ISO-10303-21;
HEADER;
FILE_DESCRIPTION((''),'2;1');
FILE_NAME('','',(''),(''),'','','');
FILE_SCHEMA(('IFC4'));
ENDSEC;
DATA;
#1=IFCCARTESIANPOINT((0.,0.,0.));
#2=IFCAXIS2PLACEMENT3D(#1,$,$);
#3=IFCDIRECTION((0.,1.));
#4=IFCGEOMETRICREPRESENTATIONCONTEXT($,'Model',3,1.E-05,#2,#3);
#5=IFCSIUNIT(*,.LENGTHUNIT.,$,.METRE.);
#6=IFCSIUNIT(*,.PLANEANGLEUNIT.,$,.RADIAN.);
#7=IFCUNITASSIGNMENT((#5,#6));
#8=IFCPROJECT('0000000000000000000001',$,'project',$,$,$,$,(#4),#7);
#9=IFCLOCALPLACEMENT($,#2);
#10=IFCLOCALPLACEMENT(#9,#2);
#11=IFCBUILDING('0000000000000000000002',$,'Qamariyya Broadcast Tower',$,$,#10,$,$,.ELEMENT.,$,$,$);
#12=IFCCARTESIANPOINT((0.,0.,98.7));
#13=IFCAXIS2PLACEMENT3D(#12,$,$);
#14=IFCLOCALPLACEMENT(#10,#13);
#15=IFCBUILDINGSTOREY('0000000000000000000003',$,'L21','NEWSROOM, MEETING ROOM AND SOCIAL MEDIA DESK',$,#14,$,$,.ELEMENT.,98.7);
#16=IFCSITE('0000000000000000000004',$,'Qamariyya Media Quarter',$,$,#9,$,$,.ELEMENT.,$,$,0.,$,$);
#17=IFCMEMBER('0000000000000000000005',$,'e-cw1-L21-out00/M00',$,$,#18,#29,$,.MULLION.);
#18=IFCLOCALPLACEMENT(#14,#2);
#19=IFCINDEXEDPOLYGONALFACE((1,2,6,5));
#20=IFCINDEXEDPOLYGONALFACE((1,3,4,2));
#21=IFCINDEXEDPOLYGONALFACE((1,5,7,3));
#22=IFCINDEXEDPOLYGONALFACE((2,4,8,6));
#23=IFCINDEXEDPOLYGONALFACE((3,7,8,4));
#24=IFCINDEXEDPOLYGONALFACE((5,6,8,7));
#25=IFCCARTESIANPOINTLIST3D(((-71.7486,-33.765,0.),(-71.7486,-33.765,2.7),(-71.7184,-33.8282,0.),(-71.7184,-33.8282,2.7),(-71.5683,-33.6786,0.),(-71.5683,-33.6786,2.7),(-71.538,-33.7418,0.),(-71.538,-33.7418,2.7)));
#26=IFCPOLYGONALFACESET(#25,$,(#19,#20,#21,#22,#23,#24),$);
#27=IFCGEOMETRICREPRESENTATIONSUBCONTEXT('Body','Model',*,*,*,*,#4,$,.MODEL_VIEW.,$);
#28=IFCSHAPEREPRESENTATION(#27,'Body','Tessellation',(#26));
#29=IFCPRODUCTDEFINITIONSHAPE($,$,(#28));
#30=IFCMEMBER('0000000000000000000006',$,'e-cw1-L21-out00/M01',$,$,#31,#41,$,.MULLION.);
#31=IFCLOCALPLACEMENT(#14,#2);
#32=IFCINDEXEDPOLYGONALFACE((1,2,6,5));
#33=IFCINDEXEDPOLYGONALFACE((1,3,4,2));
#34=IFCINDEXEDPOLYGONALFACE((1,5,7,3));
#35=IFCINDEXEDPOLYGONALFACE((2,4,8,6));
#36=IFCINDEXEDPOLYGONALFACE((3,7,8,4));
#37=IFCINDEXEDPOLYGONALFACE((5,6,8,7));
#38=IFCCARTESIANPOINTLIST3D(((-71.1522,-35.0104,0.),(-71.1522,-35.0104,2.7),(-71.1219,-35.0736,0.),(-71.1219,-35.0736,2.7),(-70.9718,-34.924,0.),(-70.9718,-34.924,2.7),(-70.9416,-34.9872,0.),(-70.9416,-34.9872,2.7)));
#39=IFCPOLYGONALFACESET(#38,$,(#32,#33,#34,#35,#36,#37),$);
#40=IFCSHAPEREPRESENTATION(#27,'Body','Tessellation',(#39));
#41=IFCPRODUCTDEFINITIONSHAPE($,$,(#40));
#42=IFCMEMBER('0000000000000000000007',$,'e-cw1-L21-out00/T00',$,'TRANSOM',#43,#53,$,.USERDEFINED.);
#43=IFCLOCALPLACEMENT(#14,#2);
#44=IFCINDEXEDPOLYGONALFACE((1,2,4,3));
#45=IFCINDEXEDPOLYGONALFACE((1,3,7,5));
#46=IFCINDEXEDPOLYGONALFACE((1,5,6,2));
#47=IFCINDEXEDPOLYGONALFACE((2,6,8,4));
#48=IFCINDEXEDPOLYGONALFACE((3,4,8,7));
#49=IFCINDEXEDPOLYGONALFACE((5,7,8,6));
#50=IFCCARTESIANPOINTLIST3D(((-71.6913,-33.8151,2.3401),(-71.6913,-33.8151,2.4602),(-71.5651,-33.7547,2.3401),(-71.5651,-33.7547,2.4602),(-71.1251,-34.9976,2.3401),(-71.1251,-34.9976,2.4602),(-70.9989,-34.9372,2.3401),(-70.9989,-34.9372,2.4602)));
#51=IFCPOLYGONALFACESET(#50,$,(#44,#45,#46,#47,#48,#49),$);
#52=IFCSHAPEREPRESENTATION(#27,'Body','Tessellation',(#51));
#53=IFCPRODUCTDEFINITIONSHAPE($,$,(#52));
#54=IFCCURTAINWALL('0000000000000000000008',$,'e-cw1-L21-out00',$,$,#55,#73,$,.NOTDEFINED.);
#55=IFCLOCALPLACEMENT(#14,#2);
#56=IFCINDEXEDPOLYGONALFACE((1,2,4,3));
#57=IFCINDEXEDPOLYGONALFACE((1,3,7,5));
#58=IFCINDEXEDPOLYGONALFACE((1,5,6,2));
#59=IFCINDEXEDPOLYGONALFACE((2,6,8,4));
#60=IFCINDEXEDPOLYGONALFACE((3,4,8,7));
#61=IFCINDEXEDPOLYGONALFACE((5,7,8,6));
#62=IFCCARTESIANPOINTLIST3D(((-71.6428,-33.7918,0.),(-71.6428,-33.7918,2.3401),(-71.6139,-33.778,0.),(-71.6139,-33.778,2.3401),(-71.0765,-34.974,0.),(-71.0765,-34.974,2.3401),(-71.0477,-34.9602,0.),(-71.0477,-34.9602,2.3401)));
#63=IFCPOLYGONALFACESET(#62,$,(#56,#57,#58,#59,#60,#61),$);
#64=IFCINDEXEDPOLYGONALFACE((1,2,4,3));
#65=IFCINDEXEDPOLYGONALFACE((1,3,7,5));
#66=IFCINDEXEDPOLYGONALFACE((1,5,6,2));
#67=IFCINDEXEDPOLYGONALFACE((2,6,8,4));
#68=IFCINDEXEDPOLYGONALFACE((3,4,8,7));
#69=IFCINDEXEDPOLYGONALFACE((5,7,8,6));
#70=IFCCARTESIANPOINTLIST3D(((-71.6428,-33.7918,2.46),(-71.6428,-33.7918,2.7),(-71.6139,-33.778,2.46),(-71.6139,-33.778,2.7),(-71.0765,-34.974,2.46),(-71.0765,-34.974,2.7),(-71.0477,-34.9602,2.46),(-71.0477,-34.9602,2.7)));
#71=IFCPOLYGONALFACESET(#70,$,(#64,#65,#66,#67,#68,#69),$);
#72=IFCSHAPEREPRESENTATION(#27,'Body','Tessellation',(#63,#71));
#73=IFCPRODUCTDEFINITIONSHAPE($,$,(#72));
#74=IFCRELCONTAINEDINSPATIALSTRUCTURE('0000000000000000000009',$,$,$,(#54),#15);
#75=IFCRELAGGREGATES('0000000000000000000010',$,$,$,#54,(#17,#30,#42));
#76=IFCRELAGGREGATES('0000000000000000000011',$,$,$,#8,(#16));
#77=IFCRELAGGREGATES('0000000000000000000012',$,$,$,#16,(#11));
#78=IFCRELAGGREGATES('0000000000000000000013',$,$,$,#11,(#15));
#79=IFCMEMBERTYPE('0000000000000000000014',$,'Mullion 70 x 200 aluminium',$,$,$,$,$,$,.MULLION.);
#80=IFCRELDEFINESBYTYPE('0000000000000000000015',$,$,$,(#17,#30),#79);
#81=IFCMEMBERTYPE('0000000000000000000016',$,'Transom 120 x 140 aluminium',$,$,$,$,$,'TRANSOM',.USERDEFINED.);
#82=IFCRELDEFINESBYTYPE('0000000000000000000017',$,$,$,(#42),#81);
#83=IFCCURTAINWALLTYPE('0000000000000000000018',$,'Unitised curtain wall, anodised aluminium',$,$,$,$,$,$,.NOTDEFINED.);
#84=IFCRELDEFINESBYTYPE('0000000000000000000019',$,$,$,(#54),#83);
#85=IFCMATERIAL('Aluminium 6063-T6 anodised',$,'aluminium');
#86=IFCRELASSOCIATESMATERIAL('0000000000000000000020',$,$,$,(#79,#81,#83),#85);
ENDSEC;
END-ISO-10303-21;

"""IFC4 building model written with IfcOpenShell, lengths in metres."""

from ifc_helpers import new_model, si_unit, direction, frame, origin, origin_2d, place, context, subcontext, project, spatial, rectangle, extrude, material, material_profile, profile_set, type_object, element, aggregate, save


model = new_model("IFC4")

# Units and contexts
model_context = context("Model", 3, precision=1e-05, world=origin(), true_north=direction((0.0, 1.0)))
body_context = subcontext(model_context, "Body", "Model", "MODEL_VIEW")
ifc_project = project(units=[si_unit("LENGTHUNIT", "METRE"), si_unit("PLANEANGLEUNIT", "RADIAN")], contexts=[model_context])

# Members
ifc_material_1 = material(Name="Aluminium 6063-T6 anodised", Category="aluminium")
ifc_material_profile_1 = material_profile(ifc_material_1, rectangle(XDim=0.2, YDim=0.0701, at=origin_2d()))
ifc_profile_set_1 = profile_set([ifc_material_profile_1], Name="Aluminium 6063-T6 anodised")
member_type_1 = type_object("IfcMemberType", Name="Mullion 70 x 200 aluminium", PredefinedType="MULLION", material=ifc_profile_set_1)
site_placement = place(None, origin())
building_placement = place(site_placement, origin())
storey_placement = place(building_placement, frame((0.0, 0.0, 98.7)))
member_1_placement = place(storey_placement, frame((-71.6433, -33.7534, 0.0), z_axis=(0.0, 0.0, 1.0), x_axis=(0.901932, 0.431878, 0.0)))
member_1 = element("IfcMember", 1, at=member_1_placement, type_object=member_type_1, Name="e-cw1-L21-out00/M00", PredefinedType="MULLION", context=body_context, shape_type="SweptSolid", body=[
    extrude(rectangle(XDim=0.2, YDim=0.0701, at=origin_2d()), origin(), (0.0, 0.0, 1.0), 2.7),
])
member_2_placement = place(storey_placement, frame((-71.0469, -34.9988, 0.0), z_axis=(0.0, 0.0, 1.0), x_axis=(0.901932, 0.431878, 0.0)))
member_2 = element("IfcMember", 2, at=member_2_placement, type_object=member_type_1, Name="e-cw1-L21-out00/M01", PredefinedType="MULLION", context=body_context, shape_type="SweptSolid", body=[
    extrude(rectangle(XDim=0.2, YDim=0.0701, at=origin_2d()), origin(), (0.0, 0.0, 1.0), 2.7),
])
ifc_material_profile_2 = material_profile(ifc_material_1, rectangle(XDim=0.1399, YDim=0.1201, at=origin_2d()))
ifc_profile_set_2 = profile_set([ifc_material_profile_2], Name="Aluminium 6063-T6 anodised")
member_type_2 = type_object("IfcMemberType", Name="Transom 120 x 140 aluminium", ElementType="TRANSOM", PredefinedType="USERDEFINED", material=ifc_profile_set_2)
member_3_placement = place(storey_placement, frame((-71.6282, -33.7849, 2.4001), z_axis=(0.431877, -0.901932, 0.0), x_axis=(0.901932, 0.431877, 0.0)))
member_3 = element("IfcMember", 3, at=member_3_placement, type_object=member_type_2, Name="e-cw1-L21-out00/T00", ObjectType="TRANSOM", PredefinedType="USERDEFINED", context=body_context, shape_type="SweptSolid", body=[
    extrude(rectangle(XDim=0.1399, YDim=0.1201, at=origin_2d()), origin(), (0.0, 0.0, 1.0), 1.311),
])

# Site, building, storey
site = spatial("IfcSite", under=ifc_project, at=site_placement, Name="Qamariyya Media Quarter", CompositionType="ELEMENT", RefElevation=0.0)
building = spatial("IfcBuilding", under=site, at=building_placement, Name="Qamariyya Broadcast Tower", CompositionType="ELEMENT")
storey = spatial("IfcBuildingStorey", under=building, at=storey_placement, Name="L21", Description="NEWSROOM, MEETING ROOM AND SOCIAL MEDIA DESK", CompositionType="ELEMENT", Elevation=98.7)

# Curtain wall
curtain_wall_type = type_object("IfcCurtainWallType", Name="Unitised curtain wall, anodised aluminium", PredefinedType="NOTDEFINED", material=ifc_material_1)
curtain_wall_1_placement = place(storey_placement, origin())
curtain_wall_1 = element("IfcCurtainWall", 4, at=curtain_wall_1_placement, inside=storey, type_object=curtain_wall_type, Name="e-cw1-L21-out00", PredefinedType="NOTDEFINED", context=body_context, shape_type="SweptSolid", body=[
    extrude(rectangle(XDim=1.3108, YDim=0.032, at=origin_2d()), frame((-71.3452, -34.376, 0.0), x_axis=(0.432003, -0.901872, 0.0)), (0.0, 0.0, 1.0), 2.3401),
    extrude(rectangle(XDim=1.3108, YDim=0.032, at=origin_2d()), frame((-71.3452, -34.376, 2.46), x_axis=(0.432003, -0.901872, 0.0)), (0.0, 0.0, 1.0), 0.24),
])
aggregate(curtain_wall_1, [member_1, member_2, member_3])

save(model, "model.ifc")
